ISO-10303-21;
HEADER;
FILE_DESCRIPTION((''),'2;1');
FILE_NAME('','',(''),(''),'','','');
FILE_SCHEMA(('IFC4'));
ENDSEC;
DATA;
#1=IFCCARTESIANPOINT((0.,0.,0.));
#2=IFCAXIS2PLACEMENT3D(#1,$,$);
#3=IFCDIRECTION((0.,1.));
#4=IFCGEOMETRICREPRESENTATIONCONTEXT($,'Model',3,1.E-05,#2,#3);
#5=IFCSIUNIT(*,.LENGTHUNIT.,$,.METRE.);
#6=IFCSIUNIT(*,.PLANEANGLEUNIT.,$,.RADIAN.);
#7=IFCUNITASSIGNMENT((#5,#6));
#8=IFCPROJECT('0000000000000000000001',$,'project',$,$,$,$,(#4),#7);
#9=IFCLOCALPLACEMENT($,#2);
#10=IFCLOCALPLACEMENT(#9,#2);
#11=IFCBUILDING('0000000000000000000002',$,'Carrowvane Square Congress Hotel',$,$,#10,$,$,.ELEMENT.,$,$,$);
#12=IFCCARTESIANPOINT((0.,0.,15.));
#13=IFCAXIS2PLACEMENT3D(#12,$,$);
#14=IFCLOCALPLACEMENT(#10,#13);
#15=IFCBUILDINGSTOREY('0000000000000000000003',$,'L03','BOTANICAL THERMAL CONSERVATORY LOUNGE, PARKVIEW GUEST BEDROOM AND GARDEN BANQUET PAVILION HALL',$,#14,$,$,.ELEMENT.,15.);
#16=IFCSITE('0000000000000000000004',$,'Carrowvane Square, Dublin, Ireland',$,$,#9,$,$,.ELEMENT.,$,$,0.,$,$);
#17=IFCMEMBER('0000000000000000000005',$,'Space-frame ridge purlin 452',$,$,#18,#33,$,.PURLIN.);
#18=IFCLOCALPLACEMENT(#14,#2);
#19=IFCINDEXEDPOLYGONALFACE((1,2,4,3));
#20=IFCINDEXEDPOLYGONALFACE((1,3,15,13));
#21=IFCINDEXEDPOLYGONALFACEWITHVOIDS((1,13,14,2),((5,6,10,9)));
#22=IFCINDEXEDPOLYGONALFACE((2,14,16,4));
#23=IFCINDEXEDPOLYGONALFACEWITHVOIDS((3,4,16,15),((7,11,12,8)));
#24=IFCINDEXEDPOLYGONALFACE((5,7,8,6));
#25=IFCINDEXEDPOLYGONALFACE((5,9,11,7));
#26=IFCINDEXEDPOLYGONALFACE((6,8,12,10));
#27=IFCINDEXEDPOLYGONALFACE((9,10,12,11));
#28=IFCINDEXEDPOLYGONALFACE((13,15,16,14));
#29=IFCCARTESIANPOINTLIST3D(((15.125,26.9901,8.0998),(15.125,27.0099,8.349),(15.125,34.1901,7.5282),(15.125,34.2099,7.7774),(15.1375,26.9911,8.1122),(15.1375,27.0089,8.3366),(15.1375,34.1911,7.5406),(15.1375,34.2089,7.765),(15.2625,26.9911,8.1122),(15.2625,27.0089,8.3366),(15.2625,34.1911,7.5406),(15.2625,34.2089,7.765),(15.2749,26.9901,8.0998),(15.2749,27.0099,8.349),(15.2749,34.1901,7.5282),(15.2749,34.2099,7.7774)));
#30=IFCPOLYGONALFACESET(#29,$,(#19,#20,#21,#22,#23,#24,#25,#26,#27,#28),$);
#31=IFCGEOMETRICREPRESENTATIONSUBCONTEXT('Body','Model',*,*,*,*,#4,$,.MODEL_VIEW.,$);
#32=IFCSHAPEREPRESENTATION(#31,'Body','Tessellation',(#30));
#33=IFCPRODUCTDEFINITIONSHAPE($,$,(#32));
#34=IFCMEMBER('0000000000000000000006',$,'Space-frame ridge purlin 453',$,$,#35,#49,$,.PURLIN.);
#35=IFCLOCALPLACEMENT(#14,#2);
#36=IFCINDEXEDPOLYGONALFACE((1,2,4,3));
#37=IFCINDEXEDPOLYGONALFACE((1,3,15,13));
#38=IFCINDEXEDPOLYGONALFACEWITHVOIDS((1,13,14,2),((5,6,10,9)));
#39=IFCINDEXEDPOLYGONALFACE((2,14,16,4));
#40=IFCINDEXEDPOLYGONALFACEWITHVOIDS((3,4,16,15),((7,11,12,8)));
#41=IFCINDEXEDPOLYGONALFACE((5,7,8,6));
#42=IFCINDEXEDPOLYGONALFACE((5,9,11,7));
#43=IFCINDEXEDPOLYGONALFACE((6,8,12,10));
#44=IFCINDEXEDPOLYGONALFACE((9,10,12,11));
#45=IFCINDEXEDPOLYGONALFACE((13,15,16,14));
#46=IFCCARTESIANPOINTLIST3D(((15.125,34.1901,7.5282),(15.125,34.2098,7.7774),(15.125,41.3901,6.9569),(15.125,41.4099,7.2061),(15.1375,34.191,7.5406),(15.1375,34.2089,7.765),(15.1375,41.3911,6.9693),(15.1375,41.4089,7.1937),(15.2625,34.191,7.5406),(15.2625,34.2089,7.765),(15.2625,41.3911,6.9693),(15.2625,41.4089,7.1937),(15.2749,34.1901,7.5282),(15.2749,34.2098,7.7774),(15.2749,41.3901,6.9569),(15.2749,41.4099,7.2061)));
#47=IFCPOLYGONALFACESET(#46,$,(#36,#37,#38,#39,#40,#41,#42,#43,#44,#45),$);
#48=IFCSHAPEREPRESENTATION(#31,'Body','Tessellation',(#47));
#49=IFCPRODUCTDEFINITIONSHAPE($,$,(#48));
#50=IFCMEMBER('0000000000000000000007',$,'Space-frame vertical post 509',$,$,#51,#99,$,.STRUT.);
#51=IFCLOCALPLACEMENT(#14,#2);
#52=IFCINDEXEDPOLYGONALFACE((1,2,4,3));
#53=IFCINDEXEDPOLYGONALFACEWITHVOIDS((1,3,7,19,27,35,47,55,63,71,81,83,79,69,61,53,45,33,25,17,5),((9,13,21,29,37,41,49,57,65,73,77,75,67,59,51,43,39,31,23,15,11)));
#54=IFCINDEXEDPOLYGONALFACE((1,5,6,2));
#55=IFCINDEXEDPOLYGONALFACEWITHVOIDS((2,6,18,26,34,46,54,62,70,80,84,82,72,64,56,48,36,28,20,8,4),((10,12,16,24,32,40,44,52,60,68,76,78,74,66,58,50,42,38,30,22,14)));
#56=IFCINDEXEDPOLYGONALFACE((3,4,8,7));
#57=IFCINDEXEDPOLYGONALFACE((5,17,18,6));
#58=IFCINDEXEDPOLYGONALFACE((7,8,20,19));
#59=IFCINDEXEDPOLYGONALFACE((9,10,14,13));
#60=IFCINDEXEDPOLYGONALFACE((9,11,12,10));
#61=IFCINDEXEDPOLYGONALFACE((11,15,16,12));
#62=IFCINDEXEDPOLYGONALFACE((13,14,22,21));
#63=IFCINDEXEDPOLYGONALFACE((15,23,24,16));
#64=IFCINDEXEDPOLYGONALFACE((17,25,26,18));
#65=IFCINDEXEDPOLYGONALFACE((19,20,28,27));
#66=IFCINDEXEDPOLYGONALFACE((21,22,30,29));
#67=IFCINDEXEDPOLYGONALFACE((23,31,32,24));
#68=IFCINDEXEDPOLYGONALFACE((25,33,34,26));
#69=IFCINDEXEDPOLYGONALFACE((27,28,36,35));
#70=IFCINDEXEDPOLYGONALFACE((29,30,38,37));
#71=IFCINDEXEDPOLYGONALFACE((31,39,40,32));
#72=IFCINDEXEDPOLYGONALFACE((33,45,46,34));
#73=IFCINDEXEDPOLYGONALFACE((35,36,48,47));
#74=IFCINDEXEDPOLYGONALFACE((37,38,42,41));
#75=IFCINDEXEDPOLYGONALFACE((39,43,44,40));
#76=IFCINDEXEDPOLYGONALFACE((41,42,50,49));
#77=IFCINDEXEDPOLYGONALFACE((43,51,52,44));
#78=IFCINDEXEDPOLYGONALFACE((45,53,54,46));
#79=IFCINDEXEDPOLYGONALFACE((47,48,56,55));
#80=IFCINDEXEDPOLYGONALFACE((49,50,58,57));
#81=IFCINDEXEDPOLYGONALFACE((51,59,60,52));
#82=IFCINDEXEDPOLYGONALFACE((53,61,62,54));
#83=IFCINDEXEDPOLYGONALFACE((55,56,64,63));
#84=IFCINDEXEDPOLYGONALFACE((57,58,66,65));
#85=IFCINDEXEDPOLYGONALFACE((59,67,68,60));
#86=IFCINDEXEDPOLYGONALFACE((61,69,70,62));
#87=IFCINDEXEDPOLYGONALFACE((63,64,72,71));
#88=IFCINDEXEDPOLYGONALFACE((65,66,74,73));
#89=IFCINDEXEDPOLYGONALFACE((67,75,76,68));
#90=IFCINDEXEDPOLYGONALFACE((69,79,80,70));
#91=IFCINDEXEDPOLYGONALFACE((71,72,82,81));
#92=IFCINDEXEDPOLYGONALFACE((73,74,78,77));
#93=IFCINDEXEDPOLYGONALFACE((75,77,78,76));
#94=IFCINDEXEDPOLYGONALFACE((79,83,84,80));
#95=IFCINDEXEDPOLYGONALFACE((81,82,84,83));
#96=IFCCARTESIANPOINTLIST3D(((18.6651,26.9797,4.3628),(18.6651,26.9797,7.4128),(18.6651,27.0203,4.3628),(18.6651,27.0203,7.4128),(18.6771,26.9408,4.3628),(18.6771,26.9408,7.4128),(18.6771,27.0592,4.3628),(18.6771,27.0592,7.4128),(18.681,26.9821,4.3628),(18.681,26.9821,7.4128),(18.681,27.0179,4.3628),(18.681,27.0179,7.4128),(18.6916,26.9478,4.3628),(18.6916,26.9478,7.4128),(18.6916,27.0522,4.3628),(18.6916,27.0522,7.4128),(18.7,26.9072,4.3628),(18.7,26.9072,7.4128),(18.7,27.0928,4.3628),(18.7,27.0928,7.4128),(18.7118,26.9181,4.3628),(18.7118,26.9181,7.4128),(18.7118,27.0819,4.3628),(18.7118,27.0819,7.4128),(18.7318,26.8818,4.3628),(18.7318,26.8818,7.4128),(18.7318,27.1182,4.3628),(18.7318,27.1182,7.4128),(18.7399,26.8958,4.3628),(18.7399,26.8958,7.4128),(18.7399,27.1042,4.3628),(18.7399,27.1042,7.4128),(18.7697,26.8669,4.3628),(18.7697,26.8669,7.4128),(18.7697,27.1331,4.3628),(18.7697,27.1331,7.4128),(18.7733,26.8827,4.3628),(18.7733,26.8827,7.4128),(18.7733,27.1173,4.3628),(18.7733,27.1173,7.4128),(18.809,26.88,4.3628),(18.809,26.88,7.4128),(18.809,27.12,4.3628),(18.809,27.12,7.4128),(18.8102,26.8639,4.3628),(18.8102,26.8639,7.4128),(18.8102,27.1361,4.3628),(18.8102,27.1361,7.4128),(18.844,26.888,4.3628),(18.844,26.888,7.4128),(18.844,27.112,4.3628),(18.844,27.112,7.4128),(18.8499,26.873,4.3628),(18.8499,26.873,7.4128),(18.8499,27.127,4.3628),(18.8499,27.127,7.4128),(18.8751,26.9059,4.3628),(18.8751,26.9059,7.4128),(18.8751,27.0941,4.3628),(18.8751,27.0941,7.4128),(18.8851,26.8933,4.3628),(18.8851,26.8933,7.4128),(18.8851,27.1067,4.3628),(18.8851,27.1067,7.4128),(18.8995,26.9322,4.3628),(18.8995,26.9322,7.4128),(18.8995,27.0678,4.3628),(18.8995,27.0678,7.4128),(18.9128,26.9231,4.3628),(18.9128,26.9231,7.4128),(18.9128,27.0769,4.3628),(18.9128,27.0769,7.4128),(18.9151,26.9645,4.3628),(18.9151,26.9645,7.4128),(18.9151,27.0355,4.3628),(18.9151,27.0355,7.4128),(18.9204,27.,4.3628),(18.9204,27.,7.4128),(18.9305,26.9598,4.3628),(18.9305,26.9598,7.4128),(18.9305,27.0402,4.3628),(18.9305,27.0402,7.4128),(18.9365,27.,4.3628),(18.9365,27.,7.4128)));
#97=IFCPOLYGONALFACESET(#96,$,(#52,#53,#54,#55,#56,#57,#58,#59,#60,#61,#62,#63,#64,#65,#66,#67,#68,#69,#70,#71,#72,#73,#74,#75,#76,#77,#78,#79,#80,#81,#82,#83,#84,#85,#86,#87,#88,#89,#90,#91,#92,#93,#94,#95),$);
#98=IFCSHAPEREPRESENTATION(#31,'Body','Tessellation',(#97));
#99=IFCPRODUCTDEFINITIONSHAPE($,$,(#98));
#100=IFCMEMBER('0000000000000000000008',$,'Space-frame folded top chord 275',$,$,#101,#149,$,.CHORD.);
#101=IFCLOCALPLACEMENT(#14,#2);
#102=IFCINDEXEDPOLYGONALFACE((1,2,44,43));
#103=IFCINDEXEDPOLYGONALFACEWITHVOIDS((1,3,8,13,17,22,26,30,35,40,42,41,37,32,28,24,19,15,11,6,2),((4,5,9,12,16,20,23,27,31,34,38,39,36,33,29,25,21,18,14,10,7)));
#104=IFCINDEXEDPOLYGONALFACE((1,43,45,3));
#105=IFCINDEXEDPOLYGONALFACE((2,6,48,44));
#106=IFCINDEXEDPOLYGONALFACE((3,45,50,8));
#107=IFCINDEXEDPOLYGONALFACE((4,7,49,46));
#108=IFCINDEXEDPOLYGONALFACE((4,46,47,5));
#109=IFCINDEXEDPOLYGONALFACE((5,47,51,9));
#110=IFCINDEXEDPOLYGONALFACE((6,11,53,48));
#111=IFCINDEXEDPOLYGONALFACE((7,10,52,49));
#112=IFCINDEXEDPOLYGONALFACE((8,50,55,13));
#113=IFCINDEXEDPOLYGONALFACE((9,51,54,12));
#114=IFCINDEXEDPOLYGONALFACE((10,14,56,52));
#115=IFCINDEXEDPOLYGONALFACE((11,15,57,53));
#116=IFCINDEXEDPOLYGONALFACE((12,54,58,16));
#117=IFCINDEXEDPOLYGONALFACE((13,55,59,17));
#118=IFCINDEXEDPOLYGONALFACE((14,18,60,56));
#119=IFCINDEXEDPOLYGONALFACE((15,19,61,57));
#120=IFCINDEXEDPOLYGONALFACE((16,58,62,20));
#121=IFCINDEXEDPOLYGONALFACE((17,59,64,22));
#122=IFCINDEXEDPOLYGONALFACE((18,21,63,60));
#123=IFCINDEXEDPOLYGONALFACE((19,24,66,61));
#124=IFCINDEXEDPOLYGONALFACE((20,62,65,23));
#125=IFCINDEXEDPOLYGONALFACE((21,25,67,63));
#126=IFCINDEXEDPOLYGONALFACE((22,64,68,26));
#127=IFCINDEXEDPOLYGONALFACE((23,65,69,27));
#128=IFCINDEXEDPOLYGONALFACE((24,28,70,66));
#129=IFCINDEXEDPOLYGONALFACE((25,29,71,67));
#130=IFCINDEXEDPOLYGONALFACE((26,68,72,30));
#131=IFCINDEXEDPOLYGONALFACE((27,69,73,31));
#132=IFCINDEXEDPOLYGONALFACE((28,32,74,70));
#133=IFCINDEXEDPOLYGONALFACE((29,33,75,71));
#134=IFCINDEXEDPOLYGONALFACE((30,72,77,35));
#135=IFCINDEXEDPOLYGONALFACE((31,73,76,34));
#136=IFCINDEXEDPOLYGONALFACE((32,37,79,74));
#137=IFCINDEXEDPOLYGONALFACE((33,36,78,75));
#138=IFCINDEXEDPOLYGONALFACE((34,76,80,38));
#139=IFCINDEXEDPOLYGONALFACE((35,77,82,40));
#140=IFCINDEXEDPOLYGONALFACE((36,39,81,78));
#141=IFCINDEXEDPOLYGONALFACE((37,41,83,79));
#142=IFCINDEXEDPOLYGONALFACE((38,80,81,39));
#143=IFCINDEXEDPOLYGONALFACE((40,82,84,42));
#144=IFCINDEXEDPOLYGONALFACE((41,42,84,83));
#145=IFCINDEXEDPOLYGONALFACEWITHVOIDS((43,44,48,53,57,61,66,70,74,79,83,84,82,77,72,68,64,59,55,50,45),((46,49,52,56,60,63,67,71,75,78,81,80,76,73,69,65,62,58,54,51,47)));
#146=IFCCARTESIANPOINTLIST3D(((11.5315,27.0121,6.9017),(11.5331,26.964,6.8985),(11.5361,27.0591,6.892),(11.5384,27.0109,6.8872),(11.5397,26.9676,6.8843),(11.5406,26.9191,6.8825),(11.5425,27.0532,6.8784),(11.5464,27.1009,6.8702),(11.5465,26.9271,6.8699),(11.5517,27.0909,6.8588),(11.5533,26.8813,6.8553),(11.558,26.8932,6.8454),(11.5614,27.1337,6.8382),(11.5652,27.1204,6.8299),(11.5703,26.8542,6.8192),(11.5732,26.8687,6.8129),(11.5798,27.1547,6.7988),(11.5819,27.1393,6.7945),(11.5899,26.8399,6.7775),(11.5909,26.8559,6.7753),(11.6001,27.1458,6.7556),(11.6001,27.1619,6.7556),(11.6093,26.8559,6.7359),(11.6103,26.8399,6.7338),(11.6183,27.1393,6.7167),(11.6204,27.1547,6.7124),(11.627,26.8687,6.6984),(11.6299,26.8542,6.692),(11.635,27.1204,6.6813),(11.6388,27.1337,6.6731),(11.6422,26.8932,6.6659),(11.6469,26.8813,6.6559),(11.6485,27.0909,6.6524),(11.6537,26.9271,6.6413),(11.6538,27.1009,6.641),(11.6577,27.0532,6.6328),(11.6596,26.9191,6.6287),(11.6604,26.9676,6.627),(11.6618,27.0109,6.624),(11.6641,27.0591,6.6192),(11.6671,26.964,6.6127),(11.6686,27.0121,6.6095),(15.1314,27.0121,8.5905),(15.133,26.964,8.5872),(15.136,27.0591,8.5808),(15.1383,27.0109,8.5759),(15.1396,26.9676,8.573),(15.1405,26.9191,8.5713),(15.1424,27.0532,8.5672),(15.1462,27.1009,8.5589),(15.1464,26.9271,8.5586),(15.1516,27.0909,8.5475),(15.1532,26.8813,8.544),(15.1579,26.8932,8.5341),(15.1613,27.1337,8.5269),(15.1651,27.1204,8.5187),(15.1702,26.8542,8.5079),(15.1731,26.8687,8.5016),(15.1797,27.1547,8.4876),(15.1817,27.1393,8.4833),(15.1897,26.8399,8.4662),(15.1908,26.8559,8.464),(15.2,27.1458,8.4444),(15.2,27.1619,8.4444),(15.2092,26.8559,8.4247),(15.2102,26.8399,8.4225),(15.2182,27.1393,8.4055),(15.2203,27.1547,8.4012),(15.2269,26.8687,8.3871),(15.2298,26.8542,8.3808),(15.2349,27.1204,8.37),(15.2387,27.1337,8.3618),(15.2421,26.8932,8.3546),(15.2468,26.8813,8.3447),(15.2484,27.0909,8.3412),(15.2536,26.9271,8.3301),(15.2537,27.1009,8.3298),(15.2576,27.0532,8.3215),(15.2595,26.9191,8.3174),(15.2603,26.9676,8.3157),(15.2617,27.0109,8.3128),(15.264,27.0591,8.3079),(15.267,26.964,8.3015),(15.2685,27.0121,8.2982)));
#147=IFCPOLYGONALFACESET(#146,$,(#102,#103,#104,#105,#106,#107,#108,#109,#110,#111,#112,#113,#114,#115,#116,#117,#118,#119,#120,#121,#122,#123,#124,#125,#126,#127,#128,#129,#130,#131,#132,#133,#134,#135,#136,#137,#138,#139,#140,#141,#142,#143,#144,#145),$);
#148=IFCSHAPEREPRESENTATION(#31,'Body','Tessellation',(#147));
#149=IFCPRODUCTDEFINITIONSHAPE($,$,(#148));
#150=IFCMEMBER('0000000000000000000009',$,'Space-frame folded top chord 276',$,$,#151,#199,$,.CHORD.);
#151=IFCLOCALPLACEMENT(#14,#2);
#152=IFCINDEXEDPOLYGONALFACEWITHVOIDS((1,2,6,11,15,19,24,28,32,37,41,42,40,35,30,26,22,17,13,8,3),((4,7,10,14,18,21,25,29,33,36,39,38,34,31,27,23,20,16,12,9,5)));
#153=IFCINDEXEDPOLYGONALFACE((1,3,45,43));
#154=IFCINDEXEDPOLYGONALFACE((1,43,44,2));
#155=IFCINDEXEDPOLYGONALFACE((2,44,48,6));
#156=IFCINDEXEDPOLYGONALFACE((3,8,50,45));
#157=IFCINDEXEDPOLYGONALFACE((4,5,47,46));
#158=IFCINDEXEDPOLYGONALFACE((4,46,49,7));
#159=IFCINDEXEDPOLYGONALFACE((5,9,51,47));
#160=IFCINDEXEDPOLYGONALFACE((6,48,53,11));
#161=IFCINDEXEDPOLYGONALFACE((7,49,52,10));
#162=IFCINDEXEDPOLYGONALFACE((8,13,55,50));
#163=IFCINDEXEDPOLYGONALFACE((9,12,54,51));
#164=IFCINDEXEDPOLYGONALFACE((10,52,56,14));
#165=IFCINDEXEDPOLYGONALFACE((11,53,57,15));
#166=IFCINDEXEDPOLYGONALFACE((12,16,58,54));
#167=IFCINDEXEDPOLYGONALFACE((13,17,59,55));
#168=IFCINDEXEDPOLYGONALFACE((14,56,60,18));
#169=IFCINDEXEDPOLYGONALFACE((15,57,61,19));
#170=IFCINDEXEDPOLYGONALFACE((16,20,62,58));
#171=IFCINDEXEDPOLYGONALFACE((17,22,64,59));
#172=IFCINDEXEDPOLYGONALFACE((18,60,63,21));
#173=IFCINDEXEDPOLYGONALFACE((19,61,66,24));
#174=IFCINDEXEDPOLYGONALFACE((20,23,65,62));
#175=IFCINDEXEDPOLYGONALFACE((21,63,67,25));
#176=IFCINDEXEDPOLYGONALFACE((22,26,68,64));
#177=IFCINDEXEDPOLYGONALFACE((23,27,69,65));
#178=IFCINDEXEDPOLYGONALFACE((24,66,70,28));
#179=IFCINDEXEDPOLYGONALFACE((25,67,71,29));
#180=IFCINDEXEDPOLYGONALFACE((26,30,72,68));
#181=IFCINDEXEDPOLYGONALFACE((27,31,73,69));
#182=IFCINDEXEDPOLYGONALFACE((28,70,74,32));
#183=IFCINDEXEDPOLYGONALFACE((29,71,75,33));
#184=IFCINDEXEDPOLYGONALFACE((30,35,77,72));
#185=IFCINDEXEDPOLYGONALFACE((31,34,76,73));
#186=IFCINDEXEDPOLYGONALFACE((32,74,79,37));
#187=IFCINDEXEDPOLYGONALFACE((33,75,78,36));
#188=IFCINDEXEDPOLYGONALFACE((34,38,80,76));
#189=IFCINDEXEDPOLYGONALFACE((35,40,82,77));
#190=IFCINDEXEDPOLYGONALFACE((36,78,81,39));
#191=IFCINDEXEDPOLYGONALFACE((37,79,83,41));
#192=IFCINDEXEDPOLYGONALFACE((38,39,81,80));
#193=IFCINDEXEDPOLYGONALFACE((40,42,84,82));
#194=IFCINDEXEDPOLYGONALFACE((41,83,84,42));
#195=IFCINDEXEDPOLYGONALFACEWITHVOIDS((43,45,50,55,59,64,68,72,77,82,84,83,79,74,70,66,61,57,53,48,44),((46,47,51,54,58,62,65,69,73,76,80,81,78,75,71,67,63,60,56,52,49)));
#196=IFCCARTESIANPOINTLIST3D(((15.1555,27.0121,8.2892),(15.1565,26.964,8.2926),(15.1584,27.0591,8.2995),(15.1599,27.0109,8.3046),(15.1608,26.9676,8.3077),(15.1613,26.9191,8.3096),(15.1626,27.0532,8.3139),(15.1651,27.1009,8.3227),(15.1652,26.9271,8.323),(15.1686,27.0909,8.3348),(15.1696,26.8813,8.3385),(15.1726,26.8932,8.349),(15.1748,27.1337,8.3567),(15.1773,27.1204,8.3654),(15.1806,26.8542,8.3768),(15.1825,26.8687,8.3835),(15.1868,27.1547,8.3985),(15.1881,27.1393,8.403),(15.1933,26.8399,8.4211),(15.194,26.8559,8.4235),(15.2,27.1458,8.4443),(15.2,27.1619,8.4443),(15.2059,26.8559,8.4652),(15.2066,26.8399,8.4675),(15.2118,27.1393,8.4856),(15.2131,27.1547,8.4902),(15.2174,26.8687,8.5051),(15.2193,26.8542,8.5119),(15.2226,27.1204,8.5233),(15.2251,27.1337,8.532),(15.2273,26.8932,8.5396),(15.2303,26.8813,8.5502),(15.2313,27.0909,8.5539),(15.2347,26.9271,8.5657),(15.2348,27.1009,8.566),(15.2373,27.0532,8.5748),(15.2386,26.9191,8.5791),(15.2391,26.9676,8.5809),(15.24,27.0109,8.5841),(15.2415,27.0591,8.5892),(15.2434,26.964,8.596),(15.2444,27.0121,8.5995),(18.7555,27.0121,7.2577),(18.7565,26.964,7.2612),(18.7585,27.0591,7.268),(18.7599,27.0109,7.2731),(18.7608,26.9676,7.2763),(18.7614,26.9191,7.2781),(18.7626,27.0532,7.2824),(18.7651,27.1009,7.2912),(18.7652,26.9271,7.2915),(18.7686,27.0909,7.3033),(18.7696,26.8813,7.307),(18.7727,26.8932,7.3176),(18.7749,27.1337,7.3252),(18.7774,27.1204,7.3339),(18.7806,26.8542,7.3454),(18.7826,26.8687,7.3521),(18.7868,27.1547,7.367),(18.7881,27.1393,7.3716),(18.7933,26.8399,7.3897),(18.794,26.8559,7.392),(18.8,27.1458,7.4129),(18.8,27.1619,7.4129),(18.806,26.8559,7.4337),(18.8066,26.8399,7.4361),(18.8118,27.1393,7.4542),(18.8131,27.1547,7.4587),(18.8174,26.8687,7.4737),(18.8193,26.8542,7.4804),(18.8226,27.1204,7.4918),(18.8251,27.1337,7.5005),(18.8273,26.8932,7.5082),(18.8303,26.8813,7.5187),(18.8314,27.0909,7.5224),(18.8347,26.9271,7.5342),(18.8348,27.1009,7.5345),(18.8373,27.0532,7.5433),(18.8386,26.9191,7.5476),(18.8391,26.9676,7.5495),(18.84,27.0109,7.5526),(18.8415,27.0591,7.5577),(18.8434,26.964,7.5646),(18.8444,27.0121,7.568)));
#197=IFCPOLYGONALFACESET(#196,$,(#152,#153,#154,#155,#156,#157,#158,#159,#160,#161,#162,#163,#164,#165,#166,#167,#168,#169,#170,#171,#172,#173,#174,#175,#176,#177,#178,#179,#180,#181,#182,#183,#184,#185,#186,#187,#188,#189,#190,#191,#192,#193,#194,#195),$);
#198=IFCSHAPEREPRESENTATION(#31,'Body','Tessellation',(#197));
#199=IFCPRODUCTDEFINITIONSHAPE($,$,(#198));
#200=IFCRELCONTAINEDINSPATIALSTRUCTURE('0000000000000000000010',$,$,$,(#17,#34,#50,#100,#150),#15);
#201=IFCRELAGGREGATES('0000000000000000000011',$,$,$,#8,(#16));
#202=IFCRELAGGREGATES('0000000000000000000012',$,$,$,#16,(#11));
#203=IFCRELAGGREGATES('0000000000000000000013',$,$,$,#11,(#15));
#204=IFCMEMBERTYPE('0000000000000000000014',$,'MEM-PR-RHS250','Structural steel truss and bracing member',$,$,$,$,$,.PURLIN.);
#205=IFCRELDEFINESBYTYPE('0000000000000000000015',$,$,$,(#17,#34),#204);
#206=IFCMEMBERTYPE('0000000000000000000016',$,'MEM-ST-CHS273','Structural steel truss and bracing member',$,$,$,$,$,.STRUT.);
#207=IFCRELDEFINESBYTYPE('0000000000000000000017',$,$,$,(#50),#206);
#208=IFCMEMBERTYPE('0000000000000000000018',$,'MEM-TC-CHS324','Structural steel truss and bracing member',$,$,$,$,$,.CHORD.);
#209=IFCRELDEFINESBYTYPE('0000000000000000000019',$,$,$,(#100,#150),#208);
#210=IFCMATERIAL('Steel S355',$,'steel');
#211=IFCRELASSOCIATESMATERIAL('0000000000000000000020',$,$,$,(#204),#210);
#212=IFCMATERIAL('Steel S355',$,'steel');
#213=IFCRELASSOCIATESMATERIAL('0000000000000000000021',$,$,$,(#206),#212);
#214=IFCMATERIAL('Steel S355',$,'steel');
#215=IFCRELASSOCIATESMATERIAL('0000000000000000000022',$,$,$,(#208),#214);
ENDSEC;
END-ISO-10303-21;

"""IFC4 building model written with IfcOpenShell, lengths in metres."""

from ifc_helpers import new_model, si_unit, direction, frame, origin, origin_2d, place, context, subcontext, project, spatial, hollow_rectangle, hollow_circle, extrude, material, material_profile, profile_set, type_object, element, save


model = new_model("IFC4")

# Units and contexts
model_context = context("Model", 3, precision=1e-05, world=origin(), true_north=direction((0.0, 1.0)))
body_context = subcontext(model_context, "Body", "Model", "MODEL_VIEW")
ifc_project = project(units=[si_unit("LENGTHUNIT", "METRE"), si_unit("PLANEANGLEUNIT", "RADIAN")], contexts=[model_context])

# Site, building, storey
site_placement = place(None, origin())
site = spatial("IfcSite", under=ifc_project, at=site_placement, Name="Carrowvane Square, Dublin, Ireland", CompositionType="ELEMENT", RefElevation=0.0)
building_placement = place(site_placement, origin())
building = spatial("IfcBuilding", under=site, at=building_placement, Name="Carrowvane Square Congress Hotel", CompositionType="ELEMENT")
storey_placement = place(building_placement, frame((0.0, 0.0, 15.0)))
storey = spatial("IfcBuildingStorey", under=building, at=storey_placement, Name="L03", Description="BOTANICAL THERMAL CONSERVATORY LOUNGE, PARKVIEW GUEST BEDROOM AND GARDEN BANQUET PAVILION HALL", CompositionType="ELEMENT", Elevation=15.0)

# Members
ifc_material_1 = material(Name="Steel S355", Category="steel")
ifc_material_profile_1 = material_profile(ifc_material_1, hollow_rectangle(XDim=0.1499, YDim=0.25, WallThickness=0.0125, at=origin_2d()), Name="RHS 250x150x12.5")
ifc_profile_set_1 = profile_set([ifc_material_profile_1], Name="Steel S355")
member_type_1 = type_object("IfcMemberType", Name="MEM-PR-RHS250", Description="Structural steel truss and bracing member", PredefinedType="PURLIN", material=ifc_profile_set_1)
for number, where, z_axis, x_axis, name in (
    (1, (15.2, 27.0, 8.2244), (0.0, 0.996864, -0.079131), (-1.0, 0.0, 0.0), "Space-frame ridge purlin 452"),
    (2, (15.2, 34.2, 7.6528), (0.0, 0.996867, -0.079098), (-1.0, 0.0, 0.0), "Space-frame ridge purlin 453"),
):
    element("IfcMember", number, at=place(storey_placement, frame(where, z_axis=z_axis, x_axis=x_axis)), inside=storey, type_object=member_type_1, Name=name, PredefinedType="PURLIN", context=body_context, shape_type="SweptSolid", body=[
        extrude(hollow_rectangle(XDim=0.1499, YDim=0.25, WallThickness=0.0125, at=origin_2d()), origin(), (0.0, 0.0, 1.0), 7.2227),
    ])
ifc_material_2 = material(Name="Steel S355", Category="steel")
ifc_material_profile_2 = material_profile(ifc_material_2, hollow_circle(Radius=0.1365, WallThickness=0.0161, at=origin_2d()), Name="CHS 273.0x16")
ifc_profile_set_2 = profile_set([ifc_material_profile_2], Name="Steel S355")
member_type_2 = type_object("IfcMemberType", Name="MEM-ST-CHS273", Description="Structural steel truss and bracing member", PredefinedType="STRUT", material=ifc_profile_set_2)
member_1_placement = place(storey_placement, frame((18.8, 27.0, 4.3628), z_axis=(0.0, 0.0, 1.0), x_axis=(1.0, 0.0, 0.0)))
element("IfcMember", 3, at=member_1_placement, inside=storey, type_object=member_type_2, Name="Space-frame vertical post 509", PredefinedType="STRUT", context=body_context, shape_type="SweptSolid", body=[
    extrude(hollow_circle(Radius=0.1365, WallThickness=0.0161, at=origin_2d()), origin(), (0.0, 0.0, 1.0), 3.05),
])
ifc_material_3 = material(Name="Steel S355", Category="steel")
ifc_material_profile_3 = material_profile(ifc_material_3, hollow_circle(Radius=0.1619, WallThickness=0.0161, at=origin_2d()), Name="CHS 323.9x16")
ifc_profile_set_3 = profile_set([ifc_material_profile_3], Name="Steel S355")
member_type_3 = type_object("IfcMemberType", Name="MEM-TC-CHS324", Description="Structural steel truss and bracing member", PredefinedType="CHORD", material=ifc_profile_set_3)
member_2_placement = place(storey_placement, frame((11.6001, 27.0, 6.7556), z_axis=(0.905334, 0.0, 0.4247), x_axis=(0.0, 1.0, 0.0)))
element("IfcMember", 4, at=member_2_placement, inside=storey, type_object=member_type_3, Name="Space-frame folded top chord 275", PredefinedType="CHORD", context=body_context, shape_type="SweptSolid", body=[
    extrude(hollow_circle(Radius=0.1619, WallThickness=0.0161, at=origin_2d()), origin(), (0.0, 0.0, 1.0), 3.9763),
])
member_3_placement = place(storey_placement, frame((15.2, 27.0, 8.4443), z_axis=(0.961319, 0.0, -0.275436), x_axis=(0.0, 1.0, 0.0)))
element("IfcMember", 5, at=member_3_placement, inside=storey, type_object=member_type_3, Name="Space-frame folded top chord 276", PredefinedType="CHORD", context=body_context, shape_type="SweptSolid", body=[
    extrude(hollow_circle(Radius=0.1619, WallThickness=0.0161, at=origin_2d()), origin(), (0.0, 0.0, 1.0), 3.7449),
])

save(model, "model.ifc")
